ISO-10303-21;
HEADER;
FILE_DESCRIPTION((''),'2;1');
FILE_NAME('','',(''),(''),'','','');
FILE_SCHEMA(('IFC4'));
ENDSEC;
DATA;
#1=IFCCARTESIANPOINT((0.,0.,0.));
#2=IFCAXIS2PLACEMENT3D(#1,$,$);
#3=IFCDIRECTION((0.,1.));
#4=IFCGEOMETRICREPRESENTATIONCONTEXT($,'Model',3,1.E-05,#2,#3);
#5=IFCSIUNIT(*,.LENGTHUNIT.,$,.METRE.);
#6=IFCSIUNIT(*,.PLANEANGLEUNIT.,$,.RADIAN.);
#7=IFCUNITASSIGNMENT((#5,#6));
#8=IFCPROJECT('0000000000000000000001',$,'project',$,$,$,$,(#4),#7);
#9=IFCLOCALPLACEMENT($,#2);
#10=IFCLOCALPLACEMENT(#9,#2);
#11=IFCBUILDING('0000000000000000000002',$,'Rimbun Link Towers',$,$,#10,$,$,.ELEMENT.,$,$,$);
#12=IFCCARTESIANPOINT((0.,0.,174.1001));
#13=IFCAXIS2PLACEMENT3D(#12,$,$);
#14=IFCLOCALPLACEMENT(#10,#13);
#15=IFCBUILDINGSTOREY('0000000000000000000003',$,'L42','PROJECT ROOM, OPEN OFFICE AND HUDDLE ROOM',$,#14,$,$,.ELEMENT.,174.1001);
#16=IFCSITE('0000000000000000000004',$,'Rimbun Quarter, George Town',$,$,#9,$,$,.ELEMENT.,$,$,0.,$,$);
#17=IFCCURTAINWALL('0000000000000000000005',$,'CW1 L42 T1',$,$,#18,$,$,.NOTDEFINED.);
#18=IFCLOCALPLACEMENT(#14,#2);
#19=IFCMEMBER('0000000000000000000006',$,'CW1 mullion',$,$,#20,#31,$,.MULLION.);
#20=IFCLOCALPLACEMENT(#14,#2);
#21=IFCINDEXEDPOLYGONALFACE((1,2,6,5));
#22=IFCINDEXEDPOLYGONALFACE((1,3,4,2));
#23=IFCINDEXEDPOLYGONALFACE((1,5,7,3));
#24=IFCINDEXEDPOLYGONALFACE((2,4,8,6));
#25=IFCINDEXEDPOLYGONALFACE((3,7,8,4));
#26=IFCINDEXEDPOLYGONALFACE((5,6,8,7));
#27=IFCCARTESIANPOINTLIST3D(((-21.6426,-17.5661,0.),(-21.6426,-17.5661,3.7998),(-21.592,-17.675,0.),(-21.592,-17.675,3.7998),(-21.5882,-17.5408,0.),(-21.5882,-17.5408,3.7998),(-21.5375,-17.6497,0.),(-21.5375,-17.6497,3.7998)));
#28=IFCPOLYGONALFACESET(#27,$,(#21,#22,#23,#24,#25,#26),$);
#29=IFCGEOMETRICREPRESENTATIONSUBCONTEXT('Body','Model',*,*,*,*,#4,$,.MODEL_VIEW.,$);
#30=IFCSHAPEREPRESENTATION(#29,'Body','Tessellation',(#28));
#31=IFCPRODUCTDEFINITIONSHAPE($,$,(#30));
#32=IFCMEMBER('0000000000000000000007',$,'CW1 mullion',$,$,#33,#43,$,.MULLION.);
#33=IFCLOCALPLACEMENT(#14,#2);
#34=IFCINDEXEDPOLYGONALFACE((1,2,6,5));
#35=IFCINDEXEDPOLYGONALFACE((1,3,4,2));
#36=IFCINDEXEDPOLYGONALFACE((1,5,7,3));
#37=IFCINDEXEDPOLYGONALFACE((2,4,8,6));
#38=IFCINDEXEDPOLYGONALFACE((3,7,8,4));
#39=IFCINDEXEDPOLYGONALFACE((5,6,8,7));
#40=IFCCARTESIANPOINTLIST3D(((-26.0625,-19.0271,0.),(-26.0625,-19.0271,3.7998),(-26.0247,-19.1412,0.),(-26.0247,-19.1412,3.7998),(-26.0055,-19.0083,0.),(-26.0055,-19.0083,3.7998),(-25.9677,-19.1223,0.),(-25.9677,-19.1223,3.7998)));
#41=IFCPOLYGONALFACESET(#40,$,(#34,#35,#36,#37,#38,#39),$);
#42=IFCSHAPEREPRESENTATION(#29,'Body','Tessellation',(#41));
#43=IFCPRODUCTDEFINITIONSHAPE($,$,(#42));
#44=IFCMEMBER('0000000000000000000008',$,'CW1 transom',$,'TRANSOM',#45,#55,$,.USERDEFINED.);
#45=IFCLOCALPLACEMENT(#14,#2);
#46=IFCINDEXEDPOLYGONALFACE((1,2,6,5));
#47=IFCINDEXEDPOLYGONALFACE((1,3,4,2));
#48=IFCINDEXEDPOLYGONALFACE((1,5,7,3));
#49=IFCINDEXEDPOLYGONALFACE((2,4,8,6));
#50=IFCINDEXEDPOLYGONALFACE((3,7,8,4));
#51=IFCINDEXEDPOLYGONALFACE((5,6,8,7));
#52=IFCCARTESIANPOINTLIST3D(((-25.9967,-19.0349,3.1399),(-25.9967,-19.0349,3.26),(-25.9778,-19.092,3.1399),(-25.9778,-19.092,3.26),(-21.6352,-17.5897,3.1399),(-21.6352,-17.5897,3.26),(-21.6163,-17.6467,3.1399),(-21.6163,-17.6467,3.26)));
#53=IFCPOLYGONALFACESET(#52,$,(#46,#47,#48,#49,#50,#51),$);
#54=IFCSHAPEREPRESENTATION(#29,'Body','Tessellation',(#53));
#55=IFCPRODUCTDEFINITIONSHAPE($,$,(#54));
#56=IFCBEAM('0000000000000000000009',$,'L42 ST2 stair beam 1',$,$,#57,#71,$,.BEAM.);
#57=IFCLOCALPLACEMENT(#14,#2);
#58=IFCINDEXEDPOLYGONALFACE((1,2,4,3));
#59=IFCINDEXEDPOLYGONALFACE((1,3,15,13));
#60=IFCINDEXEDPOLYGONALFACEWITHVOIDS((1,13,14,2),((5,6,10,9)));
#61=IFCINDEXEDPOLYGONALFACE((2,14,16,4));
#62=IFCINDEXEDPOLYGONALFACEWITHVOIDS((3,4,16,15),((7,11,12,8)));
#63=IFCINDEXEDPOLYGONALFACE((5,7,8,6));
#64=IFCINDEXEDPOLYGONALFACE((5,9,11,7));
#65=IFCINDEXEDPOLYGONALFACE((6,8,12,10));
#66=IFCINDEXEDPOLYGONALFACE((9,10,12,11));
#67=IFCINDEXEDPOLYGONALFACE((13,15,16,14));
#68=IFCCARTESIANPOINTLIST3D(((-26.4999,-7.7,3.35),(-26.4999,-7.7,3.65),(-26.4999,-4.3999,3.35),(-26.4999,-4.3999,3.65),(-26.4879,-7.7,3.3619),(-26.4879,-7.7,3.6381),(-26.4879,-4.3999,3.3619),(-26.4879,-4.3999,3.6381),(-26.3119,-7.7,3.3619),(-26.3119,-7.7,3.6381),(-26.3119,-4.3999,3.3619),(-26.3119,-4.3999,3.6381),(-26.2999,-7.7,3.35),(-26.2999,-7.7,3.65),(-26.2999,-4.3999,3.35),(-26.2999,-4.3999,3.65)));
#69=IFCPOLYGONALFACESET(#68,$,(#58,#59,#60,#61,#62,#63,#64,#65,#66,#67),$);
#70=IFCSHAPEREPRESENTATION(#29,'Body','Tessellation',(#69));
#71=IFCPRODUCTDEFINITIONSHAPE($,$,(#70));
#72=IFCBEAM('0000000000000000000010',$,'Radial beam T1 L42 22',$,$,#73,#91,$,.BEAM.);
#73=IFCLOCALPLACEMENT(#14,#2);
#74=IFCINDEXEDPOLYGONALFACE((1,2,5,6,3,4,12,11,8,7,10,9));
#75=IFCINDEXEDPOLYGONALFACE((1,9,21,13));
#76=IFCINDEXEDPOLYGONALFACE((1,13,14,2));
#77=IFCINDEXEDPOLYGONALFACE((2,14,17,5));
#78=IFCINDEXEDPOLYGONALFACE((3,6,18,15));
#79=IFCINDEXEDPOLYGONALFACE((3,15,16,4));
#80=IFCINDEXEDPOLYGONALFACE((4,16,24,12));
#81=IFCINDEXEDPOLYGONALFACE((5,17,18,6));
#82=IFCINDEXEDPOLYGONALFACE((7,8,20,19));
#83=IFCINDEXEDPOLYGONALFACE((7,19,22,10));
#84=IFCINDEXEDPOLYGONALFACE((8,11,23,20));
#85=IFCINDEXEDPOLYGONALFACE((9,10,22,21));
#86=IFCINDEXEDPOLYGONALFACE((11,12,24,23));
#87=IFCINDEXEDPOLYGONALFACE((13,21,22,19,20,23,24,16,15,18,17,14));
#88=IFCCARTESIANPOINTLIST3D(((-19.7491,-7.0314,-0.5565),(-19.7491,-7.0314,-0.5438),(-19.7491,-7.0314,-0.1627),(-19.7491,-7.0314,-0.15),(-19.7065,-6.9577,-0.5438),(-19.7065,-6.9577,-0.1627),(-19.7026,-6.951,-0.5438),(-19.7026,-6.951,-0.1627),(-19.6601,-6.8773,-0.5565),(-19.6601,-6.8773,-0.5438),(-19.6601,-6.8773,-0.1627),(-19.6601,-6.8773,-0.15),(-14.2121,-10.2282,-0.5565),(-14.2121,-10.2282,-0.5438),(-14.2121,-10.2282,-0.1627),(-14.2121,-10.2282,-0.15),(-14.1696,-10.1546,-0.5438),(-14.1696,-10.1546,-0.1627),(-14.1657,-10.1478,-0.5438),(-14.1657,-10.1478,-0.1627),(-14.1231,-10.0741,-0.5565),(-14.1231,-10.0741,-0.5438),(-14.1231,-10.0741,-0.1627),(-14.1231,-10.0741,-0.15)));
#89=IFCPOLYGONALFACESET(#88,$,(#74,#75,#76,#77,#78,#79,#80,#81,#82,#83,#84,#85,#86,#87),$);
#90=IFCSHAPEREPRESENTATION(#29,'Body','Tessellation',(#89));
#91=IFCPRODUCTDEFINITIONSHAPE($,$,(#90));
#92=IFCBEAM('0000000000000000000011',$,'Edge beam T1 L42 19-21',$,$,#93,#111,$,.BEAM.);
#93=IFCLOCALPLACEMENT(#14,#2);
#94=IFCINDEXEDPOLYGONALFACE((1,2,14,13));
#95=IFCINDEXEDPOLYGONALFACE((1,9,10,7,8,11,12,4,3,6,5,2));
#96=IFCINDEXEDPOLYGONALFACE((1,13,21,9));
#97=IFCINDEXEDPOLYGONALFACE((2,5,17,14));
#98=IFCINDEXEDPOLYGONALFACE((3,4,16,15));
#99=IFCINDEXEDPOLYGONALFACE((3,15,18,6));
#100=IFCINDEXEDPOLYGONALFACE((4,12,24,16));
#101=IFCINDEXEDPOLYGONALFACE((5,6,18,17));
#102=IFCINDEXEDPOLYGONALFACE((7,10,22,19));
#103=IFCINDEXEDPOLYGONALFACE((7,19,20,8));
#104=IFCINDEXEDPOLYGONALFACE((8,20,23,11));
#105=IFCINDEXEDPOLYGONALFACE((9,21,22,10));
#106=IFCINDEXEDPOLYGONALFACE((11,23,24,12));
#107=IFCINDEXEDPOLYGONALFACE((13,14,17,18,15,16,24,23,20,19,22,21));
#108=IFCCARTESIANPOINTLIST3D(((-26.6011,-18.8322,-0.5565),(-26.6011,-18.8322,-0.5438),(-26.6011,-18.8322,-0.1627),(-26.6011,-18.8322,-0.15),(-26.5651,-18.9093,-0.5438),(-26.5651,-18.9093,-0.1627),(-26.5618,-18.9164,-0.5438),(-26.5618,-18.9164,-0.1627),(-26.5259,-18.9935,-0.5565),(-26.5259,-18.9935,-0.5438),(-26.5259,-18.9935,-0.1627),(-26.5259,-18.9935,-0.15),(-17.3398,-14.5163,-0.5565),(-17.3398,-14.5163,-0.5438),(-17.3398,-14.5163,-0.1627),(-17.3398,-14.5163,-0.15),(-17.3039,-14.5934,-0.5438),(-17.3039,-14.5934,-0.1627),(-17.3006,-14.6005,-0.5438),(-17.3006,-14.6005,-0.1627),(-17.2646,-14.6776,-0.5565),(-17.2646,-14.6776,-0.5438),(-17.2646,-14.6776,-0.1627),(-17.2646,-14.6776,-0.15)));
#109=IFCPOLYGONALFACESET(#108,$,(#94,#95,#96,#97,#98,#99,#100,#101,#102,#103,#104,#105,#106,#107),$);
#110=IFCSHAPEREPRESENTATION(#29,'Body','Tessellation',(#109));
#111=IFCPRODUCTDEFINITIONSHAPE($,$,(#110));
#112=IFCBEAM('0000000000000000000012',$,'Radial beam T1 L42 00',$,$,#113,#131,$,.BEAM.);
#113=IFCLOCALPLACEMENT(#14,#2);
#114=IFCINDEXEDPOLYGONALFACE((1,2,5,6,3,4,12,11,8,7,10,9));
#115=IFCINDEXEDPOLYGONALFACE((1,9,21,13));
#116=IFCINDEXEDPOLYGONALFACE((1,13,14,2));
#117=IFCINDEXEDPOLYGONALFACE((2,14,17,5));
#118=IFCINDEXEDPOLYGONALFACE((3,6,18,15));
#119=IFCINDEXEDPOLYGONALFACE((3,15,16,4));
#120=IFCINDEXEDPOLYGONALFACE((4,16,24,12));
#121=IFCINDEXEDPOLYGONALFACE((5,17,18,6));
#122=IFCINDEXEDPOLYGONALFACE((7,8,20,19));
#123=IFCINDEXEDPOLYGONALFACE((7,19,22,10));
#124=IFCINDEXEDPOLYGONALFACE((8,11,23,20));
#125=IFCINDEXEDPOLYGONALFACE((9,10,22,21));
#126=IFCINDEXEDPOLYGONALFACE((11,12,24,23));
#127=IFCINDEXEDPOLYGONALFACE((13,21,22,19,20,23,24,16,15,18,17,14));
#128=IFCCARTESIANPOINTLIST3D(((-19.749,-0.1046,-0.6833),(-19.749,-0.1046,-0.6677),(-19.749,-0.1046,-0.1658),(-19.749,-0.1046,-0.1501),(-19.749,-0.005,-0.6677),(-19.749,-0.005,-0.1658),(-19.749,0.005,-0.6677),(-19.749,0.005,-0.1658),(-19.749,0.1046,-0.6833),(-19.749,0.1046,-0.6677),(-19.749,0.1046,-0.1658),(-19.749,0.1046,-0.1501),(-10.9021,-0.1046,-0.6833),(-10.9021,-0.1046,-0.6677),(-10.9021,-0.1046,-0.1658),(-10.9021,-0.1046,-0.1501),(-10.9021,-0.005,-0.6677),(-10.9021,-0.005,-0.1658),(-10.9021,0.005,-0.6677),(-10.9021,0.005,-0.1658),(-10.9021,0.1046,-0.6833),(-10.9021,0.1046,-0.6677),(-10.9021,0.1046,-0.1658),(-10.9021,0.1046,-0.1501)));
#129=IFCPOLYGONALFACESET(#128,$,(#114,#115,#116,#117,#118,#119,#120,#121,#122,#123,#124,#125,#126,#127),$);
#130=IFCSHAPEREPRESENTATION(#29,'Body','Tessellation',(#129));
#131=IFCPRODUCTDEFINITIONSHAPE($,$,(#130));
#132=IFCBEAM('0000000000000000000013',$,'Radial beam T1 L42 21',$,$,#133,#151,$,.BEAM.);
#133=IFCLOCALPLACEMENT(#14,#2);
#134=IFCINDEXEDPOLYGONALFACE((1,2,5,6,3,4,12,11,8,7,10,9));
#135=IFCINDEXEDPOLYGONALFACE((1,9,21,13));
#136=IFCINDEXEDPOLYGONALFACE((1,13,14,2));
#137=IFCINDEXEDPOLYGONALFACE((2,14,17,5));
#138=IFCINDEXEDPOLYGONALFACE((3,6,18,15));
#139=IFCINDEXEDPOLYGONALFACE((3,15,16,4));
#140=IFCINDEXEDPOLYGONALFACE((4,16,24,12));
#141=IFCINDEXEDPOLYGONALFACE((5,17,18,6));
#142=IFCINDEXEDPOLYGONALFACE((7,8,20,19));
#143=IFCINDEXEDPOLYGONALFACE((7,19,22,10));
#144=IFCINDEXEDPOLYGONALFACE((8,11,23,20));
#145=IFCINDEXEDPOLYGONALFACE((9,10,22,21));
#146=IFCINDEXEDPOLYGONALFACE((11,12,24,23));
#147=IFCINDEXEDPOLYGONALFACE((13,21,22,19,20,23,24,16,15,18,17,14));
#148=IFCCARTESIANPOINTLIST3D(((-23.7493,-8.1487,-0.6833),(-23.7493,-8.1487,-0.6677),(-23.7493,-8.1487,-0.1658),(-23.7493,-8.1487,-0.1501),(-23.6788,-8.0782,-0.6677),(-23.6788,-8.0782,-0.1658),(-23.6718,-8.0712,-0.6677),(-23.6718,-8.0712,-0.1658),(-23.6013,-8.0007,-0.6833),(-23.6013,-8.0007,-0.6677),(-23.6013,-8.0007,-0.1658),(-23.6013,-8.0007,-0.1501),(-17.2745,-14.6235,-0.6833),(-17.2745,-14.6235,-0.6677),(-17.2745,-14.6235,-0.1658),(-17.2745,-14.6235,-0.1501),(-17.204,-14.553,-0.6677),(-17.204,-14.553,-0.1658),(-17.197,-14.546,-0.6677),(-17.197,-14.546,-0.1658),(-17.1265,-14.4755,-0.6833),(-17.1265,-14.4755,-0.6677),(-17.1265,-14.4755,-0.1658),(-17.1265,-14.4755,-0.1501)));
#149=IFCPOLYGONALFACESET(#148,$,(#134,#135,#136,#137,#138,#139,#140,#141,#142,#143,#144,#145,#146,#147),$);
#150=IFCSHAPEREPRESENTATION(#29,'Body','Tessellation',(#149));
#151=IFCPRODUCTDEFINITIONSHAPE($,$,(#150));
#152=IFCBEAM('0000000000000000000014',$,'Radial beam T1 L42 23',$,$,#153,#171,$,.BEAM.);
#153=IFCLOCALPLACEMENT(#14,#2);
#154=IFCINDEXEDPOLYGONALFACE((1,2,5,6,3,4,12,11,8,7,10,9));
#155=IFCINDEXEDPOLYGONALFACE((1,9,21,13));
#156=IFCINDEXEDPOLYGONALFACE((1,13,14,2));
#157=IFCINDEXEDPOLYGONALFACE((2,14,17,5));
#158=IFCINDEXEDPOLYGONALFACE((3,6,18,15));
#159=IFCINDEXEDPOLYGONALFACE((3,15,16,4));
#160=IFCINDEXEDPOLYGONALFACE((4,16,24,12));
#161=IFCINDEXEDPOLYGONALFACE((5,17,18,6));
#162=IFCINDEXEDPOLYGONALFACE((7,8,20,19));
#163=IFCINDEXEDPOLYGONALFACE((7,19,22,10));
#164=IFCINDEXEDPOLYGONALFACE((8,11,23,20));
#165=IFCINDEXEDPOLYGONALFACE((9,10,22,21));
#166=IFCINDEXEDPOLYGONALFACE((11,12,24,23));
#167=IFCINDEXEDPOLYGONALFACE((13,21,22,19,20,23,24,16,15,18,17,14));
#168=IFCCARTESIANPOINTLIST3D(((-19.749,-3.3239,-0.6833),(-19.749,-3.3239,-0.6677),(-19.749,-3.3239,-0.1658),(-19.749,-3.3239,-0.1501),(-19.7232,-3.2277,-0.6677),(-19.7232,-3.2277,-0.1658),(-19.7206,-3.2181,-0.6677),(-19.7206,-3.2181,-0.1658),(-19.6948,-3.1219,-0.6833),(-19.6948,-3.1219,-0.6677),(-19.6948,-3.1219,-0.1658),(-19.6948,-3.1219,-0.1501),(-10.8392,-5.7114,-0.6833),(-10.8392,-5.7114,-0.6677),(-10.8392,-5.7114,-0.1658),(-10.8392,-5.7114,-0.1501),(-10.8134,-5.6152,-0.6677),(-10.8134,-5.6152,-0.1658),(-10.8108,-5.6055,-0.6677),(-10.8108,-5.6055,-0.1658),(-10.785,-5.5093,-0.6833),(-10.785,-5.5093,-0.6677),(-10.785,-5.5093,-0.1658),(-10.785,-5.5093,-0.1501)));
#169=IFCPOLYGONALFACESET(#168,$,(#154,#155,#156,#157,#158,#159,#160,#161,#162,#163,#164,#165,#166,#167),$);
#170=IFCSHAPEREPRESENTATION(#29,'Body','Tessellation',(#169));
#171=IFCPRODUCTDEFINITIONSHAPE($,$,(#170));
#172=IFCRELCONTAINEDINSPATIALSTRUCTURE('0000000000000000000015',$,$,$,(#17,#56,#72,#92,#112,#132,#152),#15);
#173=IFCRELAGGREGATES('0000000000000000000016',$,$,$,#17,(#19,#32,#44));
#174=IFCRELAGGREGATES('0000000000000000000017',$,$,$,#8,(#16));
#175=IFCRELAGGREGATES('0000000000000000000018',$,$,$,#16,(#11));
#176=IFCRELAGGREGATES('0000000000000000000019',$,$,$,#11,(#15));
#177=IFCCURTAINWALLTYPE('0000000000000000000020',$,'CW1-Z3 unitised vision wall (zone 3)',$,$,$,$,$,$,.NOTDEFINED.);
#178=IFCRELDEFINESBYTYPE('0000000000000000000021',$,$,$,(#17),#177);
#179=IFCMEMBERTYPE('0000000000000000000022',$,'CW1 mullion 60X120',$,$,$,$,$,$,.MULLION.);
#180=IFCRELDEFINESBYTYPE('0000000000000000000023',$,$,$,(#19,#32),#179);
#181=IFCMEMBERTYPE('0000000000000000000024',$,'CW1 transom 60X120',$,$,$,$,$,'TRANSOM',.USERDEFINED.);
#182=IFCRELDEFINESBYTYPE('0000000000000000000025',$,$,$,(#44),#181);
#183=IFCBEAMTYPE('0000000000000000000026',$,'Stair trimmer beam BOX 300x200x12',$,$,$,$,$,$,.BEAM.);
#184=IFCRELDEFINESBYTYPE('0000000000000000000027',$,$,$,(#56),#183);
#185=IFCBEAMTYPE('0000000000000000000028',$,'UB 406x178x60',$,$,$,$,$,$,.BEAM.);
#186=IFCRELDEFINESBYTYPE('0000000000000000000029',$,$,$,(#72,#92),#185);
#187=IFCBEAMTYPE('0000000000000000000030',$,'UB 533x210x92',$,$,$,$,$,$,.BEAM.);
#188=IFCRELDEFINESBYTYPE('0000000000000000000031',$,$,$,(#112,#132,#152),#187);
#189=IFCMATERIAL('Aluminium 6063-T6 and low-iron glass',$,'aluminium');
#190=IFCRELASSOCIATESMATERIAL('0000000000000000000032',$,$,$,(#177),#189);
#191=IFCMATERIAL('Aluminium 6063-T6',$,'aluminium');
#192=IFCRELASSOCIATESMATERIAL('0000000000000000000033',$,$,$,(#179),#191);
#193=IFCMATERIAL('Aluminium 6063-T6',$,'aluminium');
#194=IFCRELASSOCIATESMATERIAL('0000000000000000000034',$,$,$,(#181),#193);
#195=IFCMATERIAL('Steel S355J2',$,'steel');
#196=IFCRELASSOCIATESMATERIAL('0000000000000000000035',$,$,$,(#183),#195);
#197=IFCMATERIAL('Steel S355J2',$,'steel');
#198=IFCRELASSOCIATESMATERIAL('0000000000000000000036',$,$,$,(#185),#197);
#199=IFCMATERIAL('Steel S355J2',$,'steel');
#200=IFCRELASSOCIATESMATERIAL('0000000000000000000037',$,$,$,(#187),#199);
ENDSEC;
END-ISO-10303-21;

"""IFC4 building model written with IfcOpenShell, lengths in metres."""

from ifc_helpers import new_model, si_unit, direction, frame, origin, origin_2d, place, context, subcontext, project, spatial, rectangle, hollow_rectangle, i_section, extrude, material, material_profile, profile_set, type_object, element, aggregate, save


model = new_model("IFC4")

# Units and contexts
model_context = context("Model", 3, precision=1e-05, world=origin(), true_north=direction((0.0, 1.0)))
body_context = subcontext(model_context, "Body", "Model", "MODEL_VIEW")
ifc_project = project(units=[si_unit("LENGTHUNIT", "METRE"), si_unit("PLANEANGLEUNIT", "RADIAN")], contexts=[model_context])

# Site, building, storey
site_placement = place(None, origin())
site = spatial("IfcSite", under=ifc_project, at=site_placement, Name="Rimbun Quarter, George Town", CompositionType="ELEMENT", RefElevation=0.0)
building_placement = place(site_placement, origin())
building = spatial("IfcBuilding", under=site, at=building_placement, Name="Rimbun Link Towers", CompositionType="ELEMENT")
storey_placement = place(building_placement, frame((0.0, 0.0, 174.1001)))
storey = spatial("IfcBuildingStorey", under=building, at=storey_placement, Name="L42", Description="PROJECT ROOM, OPEN OFFICE AND HUDDLE ROOM", CompositionType="ELEMENT", Elevation=174.1001)

# Curtain wall, members
ifc_material_1 = material(Name="Aluminium 6063-T6 and low-iron glass", Category="aluminium")
curtain_wall_type = type_object("IfcCurtainWallType", Name="CW1-Z3 unitised vision wall (zone 3)", PredefinedType="NOTDEFINED", material=ifc_material_1)
curtain_wall_placement = place(storey_placement, origin())
curtain_wall = element("IfcCurtainWall", 1, at=curtain_wall_placement, inside=storey, type_object=curtain_wall_type, Name="CW1 L42 T1", PredefinedType="NOTDEFINED")
ifc_material_2 = material(Name="Aluminium 6063-T6", Category="aluminium")
ifc_material_profile_1 = material_profile(ifc_material_2, rectangle(XDim=0.1201, YDim=0.0601, at=origin_2d()), Name="MULLION 60X120")
ifc_profile_set_1 = profile_set([ifc_material_profile_1], Name="Aluminium 6063-T6")
member_type_1 = type_object("IfcMemberType", Name="CW1 mullion 60X120", PredefinedType="MULLION", material=ifc_profile_set_1)
member_1_placement = place(storey_placement, frame((-21.5901, -17.6079, 0.0), z_axis=(0.0, 0.0, 1.0), x_axis=(0.421697, -0.906737, 0.0)))
member_1 = element("IfcMember", 2, at=member_1_placement, type_object=member_type_1, Name="CW1 mullion", PredefinedType="MULLION", context=body_context, shape_type="SweptSolid", body=[
    extrude(rectangle(XDim=0.1201, YDim=0.0601, at=origin_2d()), origin(), (0.0, 0.0, 1.0), 3.7998),
])
member_2_placement = place(storey_placement, frame((-26.0151, -19.0747, 0.0), z_axis=(0.0, 0.0, 1.0), x_axis=(0.31456, -0.949237, 0.0)))
member_2 = element("IfcMember", 3, at=member_2_placement, type_object=member_type_1, Name="CW1 mullion", PredefinedType="MULLION", context=body_context, shape_type="SweptSolid", body=[
    extrude(rectangle(XDim=0.1201, YDim=0.0601, at=origin_2d()), origin(), (0.0, 0.0, 1.0), 3.7998),
])
ifc_material_3 = material(Name="Aluminium 6063-T6", Category="aluminium")
ifc_material_profile_2 = material_profile(ifc_material_3, rectangle(XDim=0.0601, YDim=0.1201, at=origin_2d()), Name="TRANSOM 60X120")
ifc_profile_set_2 = profile_set([ifc_material_profile_2], Name="Aluminium 6063-T6")
member_type_2 = type_object("IfcMemberType", Name="CW1 transom 60X120", ElementType="TRANSOM", PredefinedType="USERDEFINED", material=ifc_profile_set_2)
member_3_placement = place(storey_placement, frame((-21.6257, -17.6182, 3.2), z_axis=(-0.94924, -0.314554, 0.0), x_axis=(0.314554, -0.94924, 0.0)))
member_3 = element("IfcMember", 4, at=member_3_placement, type_object=member_type_2, Name="CW1 transom", ObjectType="TRANSOM", PredefinedType="USERDEFINED", context=body_context, shape_type="SweptSolid", body=[
    extrude(rectangle(XDim=0.0601, YDim=0.1201, at=origin_2d()), origin(), (0.0, 0.0, 1.0), 4.5947),
])

# Beams
ifc_material_4 = material(Name="Steel S355J2", Category="steel")
ifc_material_profile_3 = material_profile(ifc_material_4, hollow_rectangle(XDim=0.2, YDim=0.3, WallThickness=0.012, at=origin_2d()), Name="BOX 300x200x12")
ifc_profile_set_3 = profile_set([ifc_material_profile_3], Name="Steel S355J2")
beam_type_1 = type_object("IfcBeamType", Name="Stair trimmer beam BOX 300x200x12", PredefinedType="BEAM", material=ifc_profile_set_3)
beam_1_placement = place(storey_placement, frame((-26.3999, -7.7, 3.5), z_axis=(0.0, 1.0, 0.0), x_axis=(-1.0, 0.0, 0.0)))
element("IfcBeam", 5, at=beam_1_placement, inside=storey, type_object=beam_type_1, Name="L42 ST2 stair beam 1", PredefinedType="BEAM", context=body_context, shape_type="SweptSolid", body=[
    extrude(hollow_rectangle(XDim=0.2, YDim=0.3, WallThickness=0.012, at=origin_2d()), origin(), (0.0, 0.0, 1.0), 3.3),
])
ifc_material_5 = material(Name="Steel S355J2", Category="steel")
ifc_material_profile_4 = material_profile(ifc_material_5, i_section(OverallWidth=0.178, OverallDepth=0.4065, WebThickness=0.0078, FlangeThickness=0.0127, at=origin_2d()), Name="UB 406x178x60")
ifc_profile_set_4 = profile_set([ifc_material_profile_4], Name="Steel S355J2")
beam_type_2 = type_object("IfcBeamType", Name="UB 406x178x60", PredefinedType="BEAM", material=ifc_profile_set_4)
beam_2_placement = place(storey_placement, frame((-19.7046, -6.9543, -0.3533), z_axis=(0.866021, -0.500008, 0.0), x_axis=(0.500008, 0.866021, 0.0)))
element("IfcBeam", 6, at=beam_2_placement, inside=storey, type_object=beam_type_2, Name="Radial beam T1 L42 22", PredefinedType="BEAM", context=body_context, shape_type="SweptSolid", body=[
    extrude(i_section(OverallWidth=0.178, OverallDepth=0.4065, WebThickness=0.0078, FlangeThickness=0.0127, at=origin_2d()), origin(), (0.0, 0.0, 1.0), 6.3936),
])
beam_3_placement = place(storey_placement, frame((-26.5635, -18.9128, -0.3533), z_axis=(0.906408, 0.422404, 0.0), x_axis=(-0.422404, 0.906408, 0.0)))
element("IfcBeam", 7, at=beam_3_placement, inside=storey, type_object=beam_type_2, Name="Edge beam T1 L42 19-21", PredefinedType="BEAM", context=body_context, shape_type="SweptSolid", body=[
    extrude(i_section(OverallWidth=0.178, OverallDepth=0.4065, WebThickness=0.0078, FlangeThickness=0.0127, at=origin_2d()), origin(), (0.0, 0.0, 1.0), 10.2175),
])
ifc_material_6 = material(Name="Steel S355J2", Category="steel")
ifc_material_profile_5 = material_profile(ifc_material_6, i_section(OverallWidth=0.2092, OverallDepth=0.5332, WebThickness=0.01, FlangeThickness=0.0156, at=origin_2d()), Name="UB 533x210x92")
ifc_profile_set_5 = profile_set([ifc_material_profile_5], Name="Steel S355J2")
beam_type_3 = type_object("IfcBeamType", Name="UB 533x210x92", PredefinedType="BEAM", material=ifc_profile_set_5)
beam_4_placement = place(storey_placement, frame((-19.749, 0.0, -0.4167), z_axis=(1.0, 0.0, 0.0), x_axis=(0.0, 1.0, 0.0)))
element("IfcBeam", 8, at=beam_4_placement, inside=storey, type_object=beam_type_3, Name="Radial beam T1 L42 00", PredefinedType="BEAM", context=body_context, shape_type="SweptSolid", body=[
    extrude(i_section(OverallWidth=0.2092, OverallDepth=0.5332, WebThickness=0.01, FlangeThickness=0.0156, at=origin_2d()), origin(), (0.0, 0.0, 1.0), 8.8469),
])
beam_5_placement = place(storey_placement, frame((-23.6753, -8.0747, -0.4167), z_axis=(0.707107, -0.707107, 0.0), x_axis=(0.707107, 0.707107, 0.0)))
element("IfcBeam", 9, at=beam_5_placement, inside=storey, type_object=beam_type_3, Name="Radial beam T1 L42 21", PredefinedType="BEAM", context=body_context, shape_type="SweptSolid", body=[
    extrude(i_section(OverallWidth=0.2092, OverallDepth=0.5332, WebThickness=0.01, FlangeThickness=0.0156, at=origin_2d()), origin(), (0.0, 0.0, 1.0), 9.1567),
])
beam_6_placement = place(storey_placement, frame((-19.7219, -3.2229, -0.4167), z_axis=(0.965925, -0.258824, 0.0), x_axis=(0.258824, 0.965925, 0.0)))
element("IfcBeam", 10, at=beam_6_placement, inside=storey, type_object=beam_type_3, Name="Radial beam T1 L42 23", PredefinedType="BEAM", context=body_context, shape_type="SweptSolid", body=[
    extrude(i_section(OverallWidth=0.2092, OverallDepth=0.5332, WebThickness=0.01, FlangeThickness=0.0156, at=origin_2d()), origin(), (0.0, 0.0, 1.0), 9.2241),
])

aggregate(curtain_wall, [member_1, member_2, member_3])

save(model, "model.ifc")
